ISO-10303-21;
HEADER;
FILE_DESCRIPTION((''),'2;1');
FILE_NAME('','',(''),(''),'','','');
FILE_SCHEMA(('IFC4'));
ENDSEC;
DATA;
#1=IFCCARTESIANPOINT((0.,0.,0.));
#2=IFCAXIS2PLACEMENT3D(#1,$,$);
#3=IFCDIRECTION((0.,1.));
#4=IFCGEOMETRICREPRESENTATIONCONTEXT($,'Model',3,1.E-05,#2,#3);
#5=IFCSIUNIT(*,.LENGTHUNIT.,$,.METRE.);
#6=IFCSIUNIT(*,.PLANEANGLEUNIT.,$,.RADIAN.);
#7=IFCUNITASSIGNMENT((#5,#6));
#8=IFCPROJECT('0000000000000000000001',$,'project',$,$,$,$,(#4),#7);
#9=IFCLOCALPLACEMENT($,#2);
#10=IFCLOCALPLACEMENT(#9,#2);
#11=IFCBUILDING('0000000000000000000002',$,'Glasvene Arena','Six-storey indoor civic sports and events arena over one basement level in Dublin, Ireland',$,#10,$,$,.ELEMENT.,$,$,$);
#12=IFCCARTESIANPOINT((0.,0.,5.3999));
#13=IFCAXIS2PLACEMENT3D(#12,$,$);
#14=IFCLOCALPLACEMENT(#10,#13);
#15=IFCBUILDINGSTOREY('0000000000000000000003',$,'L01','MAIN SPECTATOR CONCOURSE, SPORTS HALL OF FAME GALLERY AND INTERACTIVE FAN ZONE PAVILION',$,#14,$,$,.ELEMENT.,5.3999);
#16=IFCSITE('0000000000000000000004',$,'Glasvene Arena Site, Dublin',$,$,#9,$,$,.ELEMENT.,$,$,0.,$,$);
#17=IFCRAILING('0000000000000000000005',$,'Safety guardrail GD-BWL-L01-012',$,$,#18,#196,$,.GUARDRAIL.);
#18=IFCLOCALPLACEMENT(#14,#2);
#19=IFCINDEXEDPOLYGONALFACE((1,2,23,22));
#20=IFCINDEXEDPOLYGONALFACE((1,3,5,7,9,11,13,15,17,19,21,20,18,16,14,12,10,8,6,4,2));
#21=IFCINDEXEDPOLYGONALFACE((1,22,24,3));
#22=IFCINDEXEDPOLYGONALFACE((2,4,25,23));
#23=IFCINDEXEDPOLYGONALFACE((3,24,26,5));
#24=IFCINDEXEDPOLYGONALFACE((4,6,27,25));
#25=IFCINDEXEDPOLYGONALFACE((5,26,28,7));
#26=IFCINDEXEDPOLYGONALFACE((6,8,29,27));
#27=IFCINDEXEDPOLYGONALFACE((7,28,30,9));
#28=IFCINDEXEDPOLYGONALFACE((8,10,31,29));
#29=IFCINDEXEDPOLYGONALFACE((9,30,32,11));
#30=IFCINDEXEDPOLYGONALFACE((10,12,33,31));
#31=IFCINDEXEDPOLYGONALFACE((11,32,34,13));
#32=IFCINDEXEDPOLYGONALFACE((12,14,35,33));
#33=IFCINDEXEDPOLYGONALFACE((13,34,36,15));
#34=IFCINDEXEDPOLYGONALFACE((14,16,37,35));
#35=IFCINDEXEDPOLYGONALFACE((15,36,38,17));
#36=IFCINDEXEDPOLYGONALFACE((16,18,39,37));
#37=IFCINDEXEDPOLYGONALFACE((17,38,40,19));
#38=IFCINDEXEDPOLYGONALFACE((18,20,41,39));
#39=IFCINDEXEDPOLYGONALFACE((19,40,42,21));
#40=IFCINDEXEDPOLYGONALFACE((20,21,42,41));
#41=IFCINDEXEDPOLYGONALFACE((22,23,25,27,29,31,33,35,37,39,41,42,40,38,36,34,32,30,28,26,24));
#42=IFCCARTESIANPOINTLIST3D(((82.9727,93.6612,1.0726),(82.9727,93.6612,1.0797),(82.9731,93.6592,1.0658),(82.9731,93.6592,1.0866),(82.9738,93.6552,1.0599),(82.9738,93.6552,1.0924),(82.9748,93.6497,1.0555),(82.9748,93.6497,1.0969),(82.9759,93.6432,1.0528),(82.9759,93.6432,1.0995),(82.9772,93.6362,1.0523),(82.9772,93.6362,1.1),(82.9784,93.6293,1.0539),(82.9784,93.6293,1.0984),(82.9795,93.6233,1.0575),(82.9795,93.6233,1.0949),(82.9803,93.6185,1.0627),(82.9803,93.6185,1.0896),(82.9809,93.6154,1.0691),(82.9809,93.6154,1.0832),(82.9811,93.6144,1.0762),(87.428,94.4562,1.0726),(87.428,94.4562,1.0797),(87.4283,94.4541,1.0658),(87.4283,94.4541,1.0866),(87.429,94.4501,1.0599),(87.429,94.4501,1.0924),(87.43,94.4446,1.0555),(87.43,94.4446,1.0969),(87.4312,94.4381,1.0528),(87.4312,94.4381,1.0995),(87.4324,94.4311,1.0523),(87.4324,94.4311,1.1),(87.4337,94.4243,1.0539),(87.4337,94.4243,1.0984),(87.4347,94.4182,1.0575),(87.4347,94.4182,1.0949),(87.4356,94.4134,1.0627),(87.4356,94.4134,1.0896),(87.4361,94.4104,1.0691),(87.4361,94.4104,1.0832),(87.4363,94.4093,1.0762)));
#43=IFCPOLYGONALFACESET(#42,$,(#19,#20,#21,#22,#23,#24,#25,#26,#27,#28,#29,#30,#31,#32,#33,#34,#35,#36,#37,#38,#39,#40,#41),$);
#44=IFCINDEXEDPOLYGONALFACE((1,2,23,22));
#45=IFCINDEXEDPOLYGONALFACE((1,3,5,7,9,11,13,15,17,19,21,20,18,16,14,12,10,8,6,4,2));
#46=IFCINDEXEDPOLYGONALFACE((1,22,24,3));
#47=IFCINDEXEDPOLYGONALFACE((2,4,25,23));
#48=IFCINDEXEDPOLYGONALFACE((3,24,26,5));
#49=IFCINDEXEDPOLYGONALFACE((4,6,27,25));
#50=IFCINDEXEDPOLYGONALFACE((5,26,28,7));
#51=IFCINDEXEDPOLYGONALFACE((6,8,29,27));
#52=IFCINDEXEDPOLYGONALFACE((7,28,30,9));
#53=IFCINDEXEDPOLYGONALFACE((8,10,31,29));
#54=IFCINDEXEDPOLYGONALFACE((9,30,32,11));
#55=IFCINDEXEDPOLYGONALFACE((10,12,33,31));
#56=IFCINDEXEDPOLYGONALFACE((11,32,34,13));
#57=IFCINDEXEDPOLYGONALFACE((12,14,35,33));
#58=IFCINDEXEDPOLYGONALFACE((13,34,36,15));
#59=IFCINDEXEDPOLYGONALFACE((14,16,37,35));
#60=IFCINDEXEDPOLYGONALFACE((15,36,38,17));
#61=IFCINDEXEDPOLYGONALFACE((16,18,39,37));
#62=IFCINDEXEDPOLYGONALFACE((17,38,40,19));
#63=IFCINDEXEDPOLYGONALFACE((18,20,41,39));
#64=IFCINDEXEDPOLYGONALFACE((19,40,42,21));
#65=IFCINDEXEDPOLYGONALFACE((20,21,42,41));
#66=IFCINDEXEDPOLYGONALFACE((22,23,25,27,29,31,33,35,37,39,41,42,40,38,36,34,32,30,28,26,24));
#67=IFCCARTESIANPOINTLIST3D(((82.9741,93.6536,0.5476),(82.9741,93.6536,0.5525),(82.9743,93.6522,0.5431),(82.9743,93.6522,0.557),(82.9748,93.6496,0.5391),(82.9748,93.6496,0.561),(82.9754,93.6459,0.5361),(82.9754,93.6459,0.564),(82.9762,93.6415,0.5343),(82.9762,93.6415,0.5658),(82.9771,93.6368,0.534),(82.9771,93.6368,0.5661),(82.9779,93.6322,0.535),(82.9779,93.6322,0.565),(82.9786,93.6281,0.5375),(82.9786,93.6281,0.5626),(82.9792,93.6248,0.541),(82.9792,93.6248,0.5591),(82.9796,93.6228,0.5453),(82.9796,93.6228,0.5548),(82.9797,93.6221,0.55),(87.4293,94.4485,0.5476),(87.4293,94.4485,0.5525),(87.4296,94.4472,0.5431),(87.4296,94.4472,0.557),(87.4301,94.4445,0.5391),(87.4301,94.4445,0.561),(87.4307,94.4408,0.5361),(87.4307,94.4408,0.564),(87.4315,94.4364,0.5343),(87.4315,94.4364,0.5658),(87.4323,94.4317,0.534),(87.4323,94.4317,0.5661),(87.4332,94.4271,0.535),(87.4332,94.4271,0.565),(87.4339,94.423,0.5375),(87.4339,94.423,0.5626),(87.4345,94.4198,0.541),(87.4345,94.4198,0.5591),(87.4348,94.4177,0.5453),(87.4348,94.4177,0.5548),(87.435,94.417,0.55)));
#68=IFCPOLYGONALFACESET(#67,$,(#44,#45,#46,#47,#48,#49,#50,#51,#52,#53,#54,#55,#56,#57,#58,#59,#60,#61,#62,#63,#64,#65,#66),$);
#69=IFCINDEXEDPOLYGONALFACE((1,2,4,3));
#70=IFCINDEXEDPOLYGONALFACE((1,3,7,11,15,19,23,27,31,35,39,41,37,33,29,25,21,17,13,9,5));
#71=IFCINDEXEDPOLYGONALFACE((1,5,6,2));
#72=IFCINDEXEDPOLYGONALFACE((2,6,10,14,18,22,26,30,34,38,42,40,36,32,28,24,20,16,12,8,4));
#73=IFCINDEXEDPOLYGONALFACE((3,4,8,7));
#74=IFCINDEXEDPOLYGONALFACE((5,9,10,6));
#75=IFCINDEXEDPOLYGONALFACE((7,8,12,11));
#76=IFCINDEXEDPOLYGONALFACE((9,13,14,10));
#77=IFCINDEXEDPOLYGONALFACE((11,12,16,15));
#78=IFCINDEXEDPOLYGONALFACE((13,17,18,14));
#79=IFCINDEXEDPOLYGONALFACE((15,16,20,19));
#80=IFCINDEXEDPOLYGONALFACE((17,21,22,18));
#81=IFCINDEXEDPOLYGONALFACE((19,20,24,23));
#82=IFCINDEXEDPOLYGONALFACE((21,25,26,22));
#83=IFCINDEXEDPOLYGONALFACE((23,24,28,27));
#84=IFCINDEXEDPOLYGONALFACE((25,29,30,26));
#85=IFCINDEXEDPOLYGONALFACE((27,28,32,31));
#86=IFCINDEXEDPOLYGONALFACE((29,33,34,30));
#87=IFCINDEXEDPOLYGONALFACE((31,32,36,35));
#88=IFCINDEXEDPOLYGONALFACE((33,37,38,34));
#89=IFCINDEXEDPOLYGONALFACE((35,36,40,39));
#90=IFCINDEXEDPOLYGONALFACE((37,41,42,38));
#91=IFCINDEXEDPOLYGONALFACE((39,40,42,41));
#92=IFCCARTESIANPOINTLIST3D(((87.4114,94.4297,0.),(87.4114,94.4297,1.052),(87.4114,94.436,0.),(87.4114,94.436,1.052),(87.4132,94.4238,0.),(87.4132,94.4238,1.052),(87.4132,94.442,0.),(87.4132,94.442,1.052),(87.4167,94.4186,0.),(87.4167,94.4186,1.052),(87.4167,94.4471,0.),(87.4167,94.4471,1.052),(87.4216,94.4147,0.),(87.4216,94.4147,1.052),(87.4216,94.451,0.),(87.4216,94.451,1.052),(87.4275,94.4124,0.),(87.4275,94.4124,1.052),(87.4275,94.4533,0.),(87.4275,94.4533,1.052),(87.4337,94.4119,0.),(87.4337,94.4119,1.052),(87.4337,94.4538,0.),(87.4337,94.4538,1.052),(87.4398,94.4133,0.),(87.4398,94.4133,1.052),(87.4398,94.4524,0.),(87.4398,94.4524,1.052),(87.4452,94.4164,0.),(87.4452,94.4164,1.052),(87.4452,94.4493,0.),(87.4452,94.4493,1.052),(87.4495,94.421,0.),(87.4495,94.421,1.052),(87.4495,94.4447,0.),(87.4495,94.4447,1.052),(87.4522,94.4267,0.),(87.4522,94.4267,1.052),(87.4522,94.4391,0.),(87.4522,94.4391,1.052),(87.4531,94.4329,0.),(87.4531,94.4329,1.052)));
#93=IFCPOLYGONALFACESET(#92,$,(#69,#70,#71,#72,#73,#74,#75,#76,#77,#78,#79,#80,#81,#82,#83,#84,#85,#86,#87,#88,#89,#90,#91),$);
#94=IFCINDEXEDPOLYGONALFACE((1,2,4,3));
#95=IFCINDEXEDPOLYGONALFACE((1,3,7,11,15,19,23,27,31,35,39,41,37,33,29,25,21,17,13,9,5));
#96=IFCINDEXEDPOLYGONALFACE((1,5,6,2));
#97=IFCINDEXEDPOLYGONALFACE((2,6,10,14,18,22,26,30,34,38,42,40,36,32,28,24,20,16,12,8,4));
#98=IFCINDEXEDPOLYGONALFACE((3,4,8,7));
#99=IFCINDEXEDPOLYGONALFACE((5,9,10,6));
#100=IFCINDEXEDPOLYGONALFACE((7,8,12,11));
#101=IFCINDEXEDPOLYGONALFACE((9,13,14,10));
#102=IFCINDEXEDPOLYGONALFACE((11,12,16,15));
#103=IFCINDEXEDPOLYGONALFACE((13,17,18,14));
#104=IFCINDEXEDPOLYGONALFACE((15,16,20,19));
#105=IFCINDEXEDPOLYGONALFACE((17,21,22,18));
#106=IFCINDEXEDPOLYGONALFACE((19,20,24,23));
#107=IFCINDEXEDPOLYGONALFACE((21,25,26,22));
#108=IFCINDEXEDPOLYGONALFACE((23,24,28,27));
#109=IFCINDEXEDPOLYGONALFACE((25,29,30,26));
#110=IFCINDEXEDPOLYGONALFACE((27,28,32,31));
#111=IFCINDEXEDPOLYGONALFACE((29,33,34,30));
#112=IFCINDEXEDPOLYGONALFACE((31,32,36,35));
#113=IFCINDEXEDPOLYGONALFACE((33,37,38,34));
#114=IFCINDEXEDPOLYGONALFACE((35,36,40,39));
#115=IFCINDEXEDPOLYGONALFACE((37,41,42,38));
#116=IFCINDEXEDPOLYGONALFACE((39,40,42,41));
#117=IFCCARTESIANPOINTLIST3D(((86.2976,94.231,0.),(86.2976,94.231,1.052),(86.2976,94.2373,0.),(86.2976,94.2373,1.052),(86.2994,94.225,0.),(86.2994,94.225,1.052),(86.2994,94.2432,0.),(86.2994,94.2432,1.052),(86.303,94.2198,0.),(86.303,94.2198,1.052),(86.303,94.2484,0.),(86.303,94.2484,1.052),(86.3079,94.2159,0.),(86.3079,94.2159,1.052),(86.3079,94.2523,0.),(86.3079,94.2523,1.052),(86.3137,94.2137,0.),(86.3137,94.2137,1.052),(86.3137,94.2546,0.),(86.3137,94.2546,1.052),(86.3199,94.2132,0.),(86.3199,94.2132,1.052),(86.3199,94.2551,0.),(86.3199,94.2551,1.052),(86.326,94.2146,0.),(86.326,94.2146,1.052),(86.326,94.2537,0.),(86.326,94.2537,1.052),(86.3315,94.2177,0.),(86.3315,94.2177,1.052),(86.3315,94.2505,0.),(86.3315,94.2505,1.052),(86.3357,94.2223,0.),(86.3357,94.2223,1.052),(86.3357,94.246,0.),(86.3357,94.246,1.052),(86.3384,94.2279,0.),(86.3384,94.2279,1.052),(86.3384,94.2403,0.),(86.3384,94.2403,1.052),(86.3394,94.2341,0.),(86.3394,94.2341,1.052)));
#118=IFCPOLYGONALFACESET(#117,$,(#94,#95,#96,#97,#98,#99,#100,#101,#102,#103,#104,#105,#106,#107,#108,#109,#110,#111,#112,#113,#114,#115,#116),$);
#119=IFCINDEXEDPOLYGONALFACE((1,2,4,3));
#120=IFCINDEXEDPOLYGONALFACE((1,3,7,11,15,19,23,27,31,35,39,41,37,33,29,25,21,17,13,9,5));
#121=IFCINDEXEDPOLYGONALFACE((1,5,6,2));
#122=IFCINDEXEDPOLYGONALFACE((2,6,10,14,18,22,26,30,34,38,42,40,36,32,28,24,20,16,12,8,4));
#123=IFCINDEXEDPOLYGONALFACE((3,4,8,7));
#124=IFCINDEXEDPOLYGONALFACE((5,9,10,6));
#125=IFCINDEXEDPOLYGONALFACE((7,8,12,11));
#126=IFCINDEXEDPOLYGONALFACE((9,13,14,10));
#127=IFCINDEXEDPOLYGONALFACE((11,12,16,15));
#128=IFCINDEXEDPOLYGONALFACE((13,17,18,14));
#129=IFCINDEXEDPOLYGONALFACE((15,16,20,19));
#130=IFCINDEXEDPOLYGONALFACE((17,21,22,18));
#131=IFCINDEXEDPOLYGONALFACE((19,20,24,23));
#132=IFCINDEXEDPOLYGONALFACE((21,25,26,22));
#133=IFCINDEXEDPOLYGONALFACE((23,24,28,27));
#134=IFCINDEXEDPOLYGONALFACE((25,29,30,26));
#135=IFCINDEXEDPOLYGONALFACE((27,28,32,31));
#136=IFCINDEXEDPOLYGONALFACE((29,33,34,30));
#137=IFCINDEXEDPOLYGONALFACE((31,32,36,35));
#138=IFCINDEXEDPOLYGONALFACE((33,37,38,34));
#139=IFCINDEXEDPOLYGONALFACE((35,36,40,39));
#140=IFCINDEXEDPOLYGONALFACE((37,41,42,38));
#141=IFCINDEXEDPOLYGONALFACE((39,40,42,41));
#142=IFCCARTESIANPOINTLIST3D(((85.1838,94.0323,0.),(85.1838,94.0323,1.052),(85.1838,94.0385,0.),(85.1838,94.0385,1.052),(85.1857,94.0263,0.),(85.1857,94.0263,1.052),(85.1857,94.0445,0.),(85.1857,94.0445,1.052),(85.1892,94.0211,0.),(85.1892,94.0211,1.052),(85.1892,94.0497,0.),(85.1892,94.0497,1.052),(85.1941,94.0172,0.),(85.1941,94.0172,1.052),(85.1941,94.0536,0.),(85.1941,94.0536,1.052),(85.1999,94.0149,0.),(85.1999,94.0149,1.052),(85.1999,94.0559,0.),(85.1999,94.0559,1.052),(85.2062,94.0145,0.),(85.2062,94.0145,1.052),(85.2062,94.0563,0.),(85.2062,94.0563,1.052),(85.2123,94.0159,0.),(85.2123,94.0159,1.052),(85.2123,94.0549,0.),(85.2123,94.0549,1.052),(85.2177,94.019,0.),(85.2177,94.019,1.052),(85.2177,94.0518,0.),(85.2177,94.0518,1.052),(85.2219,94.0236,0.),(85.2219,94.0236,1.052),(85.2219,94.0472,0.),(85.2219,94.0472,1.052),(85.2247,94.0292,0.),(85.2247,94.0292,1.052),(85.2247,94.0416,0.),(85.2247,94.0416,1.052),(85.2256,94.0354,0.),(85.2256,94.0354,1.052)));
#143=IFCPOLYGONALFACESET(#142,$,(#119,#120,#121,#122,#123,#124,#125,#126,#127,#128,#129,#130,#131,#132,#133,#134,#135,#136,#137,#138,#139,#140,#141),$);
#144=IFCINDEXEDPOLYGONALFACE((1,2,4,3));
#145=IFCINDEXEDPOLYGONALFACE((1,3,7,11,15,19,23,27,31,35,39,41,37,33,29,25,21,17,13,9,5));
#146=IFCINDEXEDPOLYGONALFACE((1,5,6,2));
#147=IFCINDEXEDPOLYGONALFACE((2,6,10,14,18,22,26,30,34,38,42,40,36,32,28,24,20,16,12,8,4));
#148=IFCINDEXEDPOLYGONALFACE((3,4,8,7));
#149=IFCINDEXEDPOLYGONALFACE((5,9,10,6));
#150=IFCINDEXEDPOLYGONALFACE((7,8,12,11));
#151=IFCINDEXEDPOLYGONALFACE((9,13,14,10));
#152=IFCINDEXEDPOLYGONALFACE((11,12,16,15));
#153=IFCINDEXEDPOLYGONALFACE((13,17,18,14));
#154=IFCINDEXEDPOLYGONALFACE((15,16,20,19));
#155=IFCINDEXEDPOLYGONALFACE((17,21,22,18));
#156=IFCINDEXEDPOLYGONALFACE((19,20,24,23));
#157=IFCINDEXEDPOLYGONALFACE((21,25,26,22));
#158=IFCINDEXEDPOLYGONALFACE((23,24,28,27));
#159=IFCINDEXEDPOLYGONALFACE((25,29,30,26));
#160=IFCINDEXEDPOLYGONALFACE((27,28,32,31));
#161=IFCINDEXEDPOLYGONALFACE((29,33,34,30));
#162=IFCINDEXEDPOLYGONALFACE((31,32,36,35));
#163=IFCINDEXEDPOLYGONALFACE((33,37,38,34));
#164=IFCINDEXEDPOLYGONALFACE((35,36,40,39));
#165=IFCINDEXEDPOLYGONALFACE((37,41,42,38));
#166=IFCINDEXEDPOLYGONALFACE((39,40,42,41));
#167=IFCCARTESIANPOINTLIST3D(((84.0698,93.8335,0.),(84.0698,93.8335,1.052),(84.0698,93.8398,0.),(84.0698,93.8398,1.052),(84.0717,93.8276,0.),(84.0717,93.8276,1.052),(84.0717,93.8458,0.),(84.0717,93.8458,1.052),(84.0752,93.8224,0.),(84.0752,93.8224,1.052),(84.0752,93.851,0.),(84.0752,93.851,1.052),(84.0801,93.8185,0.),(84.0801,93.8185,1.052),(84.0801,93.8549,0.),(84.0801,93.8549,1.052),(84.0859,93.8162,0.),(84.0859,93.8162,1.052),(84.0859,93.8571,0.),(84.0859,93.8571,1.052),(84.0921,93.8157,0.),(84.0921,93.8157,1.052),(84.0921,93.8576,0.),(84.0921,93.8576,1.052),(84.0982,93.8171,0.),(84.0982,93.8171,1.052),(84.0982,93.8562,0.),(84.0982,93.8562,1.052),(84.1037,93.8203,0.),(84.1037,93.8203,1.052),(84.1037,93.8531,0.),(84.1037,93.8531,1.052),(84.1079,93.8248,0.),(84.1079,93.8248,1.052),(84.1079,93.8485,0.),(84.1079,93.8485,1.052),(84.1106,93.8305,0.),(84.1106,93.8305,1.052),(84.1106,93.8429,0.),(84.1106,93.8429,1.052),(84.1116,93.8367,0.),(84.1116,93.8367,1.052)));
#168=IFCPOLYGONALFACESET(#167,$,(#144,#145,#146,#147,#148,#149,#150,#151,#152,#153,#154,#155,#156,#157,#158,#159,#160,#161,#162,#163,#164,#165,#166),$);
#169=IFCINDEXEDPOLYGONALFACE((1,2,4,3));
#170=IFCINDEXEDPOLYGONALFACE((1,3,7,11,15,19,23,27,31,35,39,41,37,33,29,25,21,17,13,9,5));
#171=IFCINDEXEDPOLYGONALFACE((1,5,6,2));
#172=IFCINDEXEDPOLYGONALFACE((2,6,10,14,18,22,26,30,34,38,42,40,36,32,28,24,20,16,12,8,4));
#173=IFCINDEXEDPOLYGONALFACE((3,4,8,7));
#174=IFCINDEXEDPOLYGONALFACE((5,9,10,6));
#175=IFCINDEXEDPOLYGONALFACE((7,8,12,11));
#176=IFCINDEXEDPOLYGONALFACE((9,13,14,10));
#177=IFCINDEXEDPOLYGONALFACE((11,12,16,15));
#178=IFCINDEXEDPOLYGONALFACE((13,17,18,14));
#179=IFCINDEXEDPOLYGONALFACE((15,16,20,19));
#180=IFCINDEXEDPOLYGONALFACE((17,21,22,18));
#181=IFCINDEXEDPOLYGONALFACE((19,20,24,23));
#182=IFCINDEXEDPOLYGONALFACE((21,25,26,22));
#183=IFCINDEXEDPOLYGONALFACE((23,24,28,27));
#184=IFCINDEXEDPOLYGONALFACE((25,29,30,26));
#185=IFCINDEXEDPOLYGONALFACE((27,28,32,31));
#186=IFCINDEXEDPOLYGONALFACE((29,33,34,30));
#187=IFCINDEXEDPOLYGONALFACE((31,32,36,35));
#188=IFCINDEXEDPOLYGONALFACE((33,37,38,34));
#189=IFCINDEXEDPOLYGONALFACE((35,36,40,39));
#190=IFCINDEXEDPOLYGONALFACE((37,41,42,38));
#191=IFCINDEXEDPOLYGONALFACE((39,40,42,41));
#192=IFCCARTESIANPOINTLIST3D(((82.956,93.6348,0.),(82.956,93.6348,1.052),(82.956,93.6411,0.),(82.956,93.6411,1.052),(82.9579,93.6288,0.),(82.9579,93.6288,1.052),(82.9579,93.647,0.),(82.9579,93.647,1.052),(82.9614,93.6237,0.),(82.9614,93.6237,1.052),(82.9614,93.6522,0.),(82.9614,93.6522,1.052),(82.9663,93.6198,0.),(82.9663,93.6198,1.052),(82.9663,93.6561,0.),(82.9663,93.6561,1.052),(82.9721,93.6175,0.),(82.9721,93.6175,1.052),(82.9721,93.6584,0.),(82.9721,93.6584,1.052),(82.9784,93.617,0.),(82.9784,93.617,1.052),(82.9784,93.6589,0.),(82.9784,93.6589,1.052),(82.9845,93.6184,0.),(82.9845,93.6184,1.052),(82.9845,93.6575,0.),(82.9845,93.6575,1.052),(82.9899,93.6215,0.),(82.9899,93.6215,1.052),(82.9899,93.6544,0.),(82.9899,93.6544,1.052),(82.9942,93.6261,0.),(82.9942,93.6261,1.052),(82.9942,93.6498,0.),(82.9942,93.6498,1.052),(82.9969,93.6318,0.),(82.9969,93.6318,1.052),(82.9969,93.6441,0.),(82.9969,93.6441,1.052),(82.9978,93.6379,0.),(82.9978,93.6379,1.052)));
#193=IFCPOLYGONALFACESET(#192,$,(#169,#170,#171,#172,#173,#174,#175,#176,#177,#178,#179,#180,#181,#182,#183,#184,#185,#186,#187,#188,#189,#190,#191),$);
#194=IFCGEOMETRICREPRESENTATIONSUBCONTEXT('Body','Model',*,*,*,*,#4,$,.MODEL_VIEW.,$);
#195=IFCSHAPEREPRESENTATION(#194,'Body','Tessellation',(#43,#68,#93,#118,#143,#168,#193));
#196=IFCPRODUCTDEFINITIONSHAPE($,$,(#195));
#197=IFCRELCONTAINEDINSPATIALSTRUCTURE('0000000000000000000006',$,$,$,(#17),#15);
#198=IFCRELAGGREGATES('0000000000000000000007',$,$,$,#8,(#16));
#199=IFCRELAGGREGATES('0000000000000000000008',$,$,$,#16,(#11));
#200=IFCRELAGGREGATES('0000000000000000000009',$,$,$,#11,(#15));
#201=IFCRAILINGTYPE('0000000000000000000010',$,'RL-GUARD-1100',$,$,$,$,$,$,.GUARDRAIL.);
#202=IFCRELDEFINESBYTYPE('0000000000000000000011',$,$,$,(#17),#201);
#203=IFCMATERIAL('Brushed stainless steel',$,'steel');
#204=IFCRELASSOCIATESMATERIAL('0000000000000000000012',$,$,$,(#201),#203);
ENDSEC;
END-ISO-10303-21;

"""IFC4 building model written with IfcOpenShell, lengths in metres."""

from ifc_helpers import new_model, si_unit, direction, frame, origin, origin_2d, place, context, subcontext, project, spatial, circle, extrude, material, type_object, element, save


model = new_model("IFC4")

# Units and contexts
model_context = context("Model", 3, precision=1e-05, world=origin(), true_north=direction((0.0, 1.0)))
body_context = subcontext(model_context, "Body", "Model", "MODEL_VIEW")
ifc_project = project(units=[si_unit("LENGTHUNIT", "METRE"), si_unit("PLANEANGLEUNIT", "RADIAN")], contexts=[model_context])

# Site, building, storey
site_placement = place(None, origin())
site = spatial("IfcSite", under=ifc_project, at=site_placement, Name="Glasvene Arena Site, Dublin", CompositionType="ELEMENT", RefElevation=0.0)
building_placement = place(site_placement, origin())
building = spatial("IfcBuilding", under=site, at=building_placement, Name="Glasvene Arena", Description="Six-storey indoor civic sports and events arena over one basement level in Dublin, Ireland", CompositionType="ELEMENT")
storey_placement = place(building_placement, frame((0.0, 0.0, 5.3999)))
storey = spatial("IfcBuildingStorey", under=building, at=storey_placement, Name="L01", Description="MAIN SPECTATOR CONCOURSE, SPORTS HALL OF FAME GALLERY AND INTERACTIVE FAN ZONE PAVILION", CompositionType="ELEMENT", Elevation=5.3999)

# Railing
ifc_material_1 = material(Name="Brushed stainless steel", Category="steel")
railing_type = type_object("IfcRailingType", Name="RL-GUARD-1100", PredefinedType="GUARDRAIL", material=ifc_material_1)
railing_1_placement = place(storey_placement, frame((87.4321, 94.4329, 0.0)))
element("IfcRailing", 1, at=railing_1_placement, inside=storey, type_object=railing_type, Name="Safety guardrail GD-BWL-L01-012", PredefinedType="GUARDRAIL", context=body_context, shape_type="SweptSolid", body=[
    extrude(circle(Radius=0.0239, at=origin_2d()), frame((0.0, 0.0, 1.0762), z_axis=(-0.984453, -0.175647, 0.0), x_axis=(0.175647, -0.984453, 0.0)), (0.0, 0.0, 1.0), 4.5256),
    extrude(circle(Radius=0.0161, at=origin_2d()), frame((0.0, 0.0, 0.55), z_axis=(-0.984453, -0.175647, 0.0), x_axis=(0.175647, -0.984453, 0.0)), (0.0, 0.0, 1.0), 4.5256),
    extrude(circle(Radius=0.021, at=origin_2d()), origin(), (0.0, 0.0, 1.0), 1.052),
    extrude(circle(Radius=0.021, at=origin_2d()), frame((-1.1138, -0.1987, 0.0)), (0.0, 0.0, 1.0), 1.052),
    extrude(circle(Radius=0.021, at=origin_2d()), frame((-2.2275, -0.3975, 0.0)), (0.0, 0.0, 1.0), 1.052),
    extrude(circle(Radius=0.021, at=origin_2d()), frame((-3.3416, -0.5962, 0.0)), (0.0, 0.0, 1.0), 1.052),
    extrude(circle(Radius=0.021, at=origin_2d()), frame((-4.4553, -0.7949, 0.0)), (0.0, 0.0, 1.0), 1.052),
])

save(model, "model.ifc")
